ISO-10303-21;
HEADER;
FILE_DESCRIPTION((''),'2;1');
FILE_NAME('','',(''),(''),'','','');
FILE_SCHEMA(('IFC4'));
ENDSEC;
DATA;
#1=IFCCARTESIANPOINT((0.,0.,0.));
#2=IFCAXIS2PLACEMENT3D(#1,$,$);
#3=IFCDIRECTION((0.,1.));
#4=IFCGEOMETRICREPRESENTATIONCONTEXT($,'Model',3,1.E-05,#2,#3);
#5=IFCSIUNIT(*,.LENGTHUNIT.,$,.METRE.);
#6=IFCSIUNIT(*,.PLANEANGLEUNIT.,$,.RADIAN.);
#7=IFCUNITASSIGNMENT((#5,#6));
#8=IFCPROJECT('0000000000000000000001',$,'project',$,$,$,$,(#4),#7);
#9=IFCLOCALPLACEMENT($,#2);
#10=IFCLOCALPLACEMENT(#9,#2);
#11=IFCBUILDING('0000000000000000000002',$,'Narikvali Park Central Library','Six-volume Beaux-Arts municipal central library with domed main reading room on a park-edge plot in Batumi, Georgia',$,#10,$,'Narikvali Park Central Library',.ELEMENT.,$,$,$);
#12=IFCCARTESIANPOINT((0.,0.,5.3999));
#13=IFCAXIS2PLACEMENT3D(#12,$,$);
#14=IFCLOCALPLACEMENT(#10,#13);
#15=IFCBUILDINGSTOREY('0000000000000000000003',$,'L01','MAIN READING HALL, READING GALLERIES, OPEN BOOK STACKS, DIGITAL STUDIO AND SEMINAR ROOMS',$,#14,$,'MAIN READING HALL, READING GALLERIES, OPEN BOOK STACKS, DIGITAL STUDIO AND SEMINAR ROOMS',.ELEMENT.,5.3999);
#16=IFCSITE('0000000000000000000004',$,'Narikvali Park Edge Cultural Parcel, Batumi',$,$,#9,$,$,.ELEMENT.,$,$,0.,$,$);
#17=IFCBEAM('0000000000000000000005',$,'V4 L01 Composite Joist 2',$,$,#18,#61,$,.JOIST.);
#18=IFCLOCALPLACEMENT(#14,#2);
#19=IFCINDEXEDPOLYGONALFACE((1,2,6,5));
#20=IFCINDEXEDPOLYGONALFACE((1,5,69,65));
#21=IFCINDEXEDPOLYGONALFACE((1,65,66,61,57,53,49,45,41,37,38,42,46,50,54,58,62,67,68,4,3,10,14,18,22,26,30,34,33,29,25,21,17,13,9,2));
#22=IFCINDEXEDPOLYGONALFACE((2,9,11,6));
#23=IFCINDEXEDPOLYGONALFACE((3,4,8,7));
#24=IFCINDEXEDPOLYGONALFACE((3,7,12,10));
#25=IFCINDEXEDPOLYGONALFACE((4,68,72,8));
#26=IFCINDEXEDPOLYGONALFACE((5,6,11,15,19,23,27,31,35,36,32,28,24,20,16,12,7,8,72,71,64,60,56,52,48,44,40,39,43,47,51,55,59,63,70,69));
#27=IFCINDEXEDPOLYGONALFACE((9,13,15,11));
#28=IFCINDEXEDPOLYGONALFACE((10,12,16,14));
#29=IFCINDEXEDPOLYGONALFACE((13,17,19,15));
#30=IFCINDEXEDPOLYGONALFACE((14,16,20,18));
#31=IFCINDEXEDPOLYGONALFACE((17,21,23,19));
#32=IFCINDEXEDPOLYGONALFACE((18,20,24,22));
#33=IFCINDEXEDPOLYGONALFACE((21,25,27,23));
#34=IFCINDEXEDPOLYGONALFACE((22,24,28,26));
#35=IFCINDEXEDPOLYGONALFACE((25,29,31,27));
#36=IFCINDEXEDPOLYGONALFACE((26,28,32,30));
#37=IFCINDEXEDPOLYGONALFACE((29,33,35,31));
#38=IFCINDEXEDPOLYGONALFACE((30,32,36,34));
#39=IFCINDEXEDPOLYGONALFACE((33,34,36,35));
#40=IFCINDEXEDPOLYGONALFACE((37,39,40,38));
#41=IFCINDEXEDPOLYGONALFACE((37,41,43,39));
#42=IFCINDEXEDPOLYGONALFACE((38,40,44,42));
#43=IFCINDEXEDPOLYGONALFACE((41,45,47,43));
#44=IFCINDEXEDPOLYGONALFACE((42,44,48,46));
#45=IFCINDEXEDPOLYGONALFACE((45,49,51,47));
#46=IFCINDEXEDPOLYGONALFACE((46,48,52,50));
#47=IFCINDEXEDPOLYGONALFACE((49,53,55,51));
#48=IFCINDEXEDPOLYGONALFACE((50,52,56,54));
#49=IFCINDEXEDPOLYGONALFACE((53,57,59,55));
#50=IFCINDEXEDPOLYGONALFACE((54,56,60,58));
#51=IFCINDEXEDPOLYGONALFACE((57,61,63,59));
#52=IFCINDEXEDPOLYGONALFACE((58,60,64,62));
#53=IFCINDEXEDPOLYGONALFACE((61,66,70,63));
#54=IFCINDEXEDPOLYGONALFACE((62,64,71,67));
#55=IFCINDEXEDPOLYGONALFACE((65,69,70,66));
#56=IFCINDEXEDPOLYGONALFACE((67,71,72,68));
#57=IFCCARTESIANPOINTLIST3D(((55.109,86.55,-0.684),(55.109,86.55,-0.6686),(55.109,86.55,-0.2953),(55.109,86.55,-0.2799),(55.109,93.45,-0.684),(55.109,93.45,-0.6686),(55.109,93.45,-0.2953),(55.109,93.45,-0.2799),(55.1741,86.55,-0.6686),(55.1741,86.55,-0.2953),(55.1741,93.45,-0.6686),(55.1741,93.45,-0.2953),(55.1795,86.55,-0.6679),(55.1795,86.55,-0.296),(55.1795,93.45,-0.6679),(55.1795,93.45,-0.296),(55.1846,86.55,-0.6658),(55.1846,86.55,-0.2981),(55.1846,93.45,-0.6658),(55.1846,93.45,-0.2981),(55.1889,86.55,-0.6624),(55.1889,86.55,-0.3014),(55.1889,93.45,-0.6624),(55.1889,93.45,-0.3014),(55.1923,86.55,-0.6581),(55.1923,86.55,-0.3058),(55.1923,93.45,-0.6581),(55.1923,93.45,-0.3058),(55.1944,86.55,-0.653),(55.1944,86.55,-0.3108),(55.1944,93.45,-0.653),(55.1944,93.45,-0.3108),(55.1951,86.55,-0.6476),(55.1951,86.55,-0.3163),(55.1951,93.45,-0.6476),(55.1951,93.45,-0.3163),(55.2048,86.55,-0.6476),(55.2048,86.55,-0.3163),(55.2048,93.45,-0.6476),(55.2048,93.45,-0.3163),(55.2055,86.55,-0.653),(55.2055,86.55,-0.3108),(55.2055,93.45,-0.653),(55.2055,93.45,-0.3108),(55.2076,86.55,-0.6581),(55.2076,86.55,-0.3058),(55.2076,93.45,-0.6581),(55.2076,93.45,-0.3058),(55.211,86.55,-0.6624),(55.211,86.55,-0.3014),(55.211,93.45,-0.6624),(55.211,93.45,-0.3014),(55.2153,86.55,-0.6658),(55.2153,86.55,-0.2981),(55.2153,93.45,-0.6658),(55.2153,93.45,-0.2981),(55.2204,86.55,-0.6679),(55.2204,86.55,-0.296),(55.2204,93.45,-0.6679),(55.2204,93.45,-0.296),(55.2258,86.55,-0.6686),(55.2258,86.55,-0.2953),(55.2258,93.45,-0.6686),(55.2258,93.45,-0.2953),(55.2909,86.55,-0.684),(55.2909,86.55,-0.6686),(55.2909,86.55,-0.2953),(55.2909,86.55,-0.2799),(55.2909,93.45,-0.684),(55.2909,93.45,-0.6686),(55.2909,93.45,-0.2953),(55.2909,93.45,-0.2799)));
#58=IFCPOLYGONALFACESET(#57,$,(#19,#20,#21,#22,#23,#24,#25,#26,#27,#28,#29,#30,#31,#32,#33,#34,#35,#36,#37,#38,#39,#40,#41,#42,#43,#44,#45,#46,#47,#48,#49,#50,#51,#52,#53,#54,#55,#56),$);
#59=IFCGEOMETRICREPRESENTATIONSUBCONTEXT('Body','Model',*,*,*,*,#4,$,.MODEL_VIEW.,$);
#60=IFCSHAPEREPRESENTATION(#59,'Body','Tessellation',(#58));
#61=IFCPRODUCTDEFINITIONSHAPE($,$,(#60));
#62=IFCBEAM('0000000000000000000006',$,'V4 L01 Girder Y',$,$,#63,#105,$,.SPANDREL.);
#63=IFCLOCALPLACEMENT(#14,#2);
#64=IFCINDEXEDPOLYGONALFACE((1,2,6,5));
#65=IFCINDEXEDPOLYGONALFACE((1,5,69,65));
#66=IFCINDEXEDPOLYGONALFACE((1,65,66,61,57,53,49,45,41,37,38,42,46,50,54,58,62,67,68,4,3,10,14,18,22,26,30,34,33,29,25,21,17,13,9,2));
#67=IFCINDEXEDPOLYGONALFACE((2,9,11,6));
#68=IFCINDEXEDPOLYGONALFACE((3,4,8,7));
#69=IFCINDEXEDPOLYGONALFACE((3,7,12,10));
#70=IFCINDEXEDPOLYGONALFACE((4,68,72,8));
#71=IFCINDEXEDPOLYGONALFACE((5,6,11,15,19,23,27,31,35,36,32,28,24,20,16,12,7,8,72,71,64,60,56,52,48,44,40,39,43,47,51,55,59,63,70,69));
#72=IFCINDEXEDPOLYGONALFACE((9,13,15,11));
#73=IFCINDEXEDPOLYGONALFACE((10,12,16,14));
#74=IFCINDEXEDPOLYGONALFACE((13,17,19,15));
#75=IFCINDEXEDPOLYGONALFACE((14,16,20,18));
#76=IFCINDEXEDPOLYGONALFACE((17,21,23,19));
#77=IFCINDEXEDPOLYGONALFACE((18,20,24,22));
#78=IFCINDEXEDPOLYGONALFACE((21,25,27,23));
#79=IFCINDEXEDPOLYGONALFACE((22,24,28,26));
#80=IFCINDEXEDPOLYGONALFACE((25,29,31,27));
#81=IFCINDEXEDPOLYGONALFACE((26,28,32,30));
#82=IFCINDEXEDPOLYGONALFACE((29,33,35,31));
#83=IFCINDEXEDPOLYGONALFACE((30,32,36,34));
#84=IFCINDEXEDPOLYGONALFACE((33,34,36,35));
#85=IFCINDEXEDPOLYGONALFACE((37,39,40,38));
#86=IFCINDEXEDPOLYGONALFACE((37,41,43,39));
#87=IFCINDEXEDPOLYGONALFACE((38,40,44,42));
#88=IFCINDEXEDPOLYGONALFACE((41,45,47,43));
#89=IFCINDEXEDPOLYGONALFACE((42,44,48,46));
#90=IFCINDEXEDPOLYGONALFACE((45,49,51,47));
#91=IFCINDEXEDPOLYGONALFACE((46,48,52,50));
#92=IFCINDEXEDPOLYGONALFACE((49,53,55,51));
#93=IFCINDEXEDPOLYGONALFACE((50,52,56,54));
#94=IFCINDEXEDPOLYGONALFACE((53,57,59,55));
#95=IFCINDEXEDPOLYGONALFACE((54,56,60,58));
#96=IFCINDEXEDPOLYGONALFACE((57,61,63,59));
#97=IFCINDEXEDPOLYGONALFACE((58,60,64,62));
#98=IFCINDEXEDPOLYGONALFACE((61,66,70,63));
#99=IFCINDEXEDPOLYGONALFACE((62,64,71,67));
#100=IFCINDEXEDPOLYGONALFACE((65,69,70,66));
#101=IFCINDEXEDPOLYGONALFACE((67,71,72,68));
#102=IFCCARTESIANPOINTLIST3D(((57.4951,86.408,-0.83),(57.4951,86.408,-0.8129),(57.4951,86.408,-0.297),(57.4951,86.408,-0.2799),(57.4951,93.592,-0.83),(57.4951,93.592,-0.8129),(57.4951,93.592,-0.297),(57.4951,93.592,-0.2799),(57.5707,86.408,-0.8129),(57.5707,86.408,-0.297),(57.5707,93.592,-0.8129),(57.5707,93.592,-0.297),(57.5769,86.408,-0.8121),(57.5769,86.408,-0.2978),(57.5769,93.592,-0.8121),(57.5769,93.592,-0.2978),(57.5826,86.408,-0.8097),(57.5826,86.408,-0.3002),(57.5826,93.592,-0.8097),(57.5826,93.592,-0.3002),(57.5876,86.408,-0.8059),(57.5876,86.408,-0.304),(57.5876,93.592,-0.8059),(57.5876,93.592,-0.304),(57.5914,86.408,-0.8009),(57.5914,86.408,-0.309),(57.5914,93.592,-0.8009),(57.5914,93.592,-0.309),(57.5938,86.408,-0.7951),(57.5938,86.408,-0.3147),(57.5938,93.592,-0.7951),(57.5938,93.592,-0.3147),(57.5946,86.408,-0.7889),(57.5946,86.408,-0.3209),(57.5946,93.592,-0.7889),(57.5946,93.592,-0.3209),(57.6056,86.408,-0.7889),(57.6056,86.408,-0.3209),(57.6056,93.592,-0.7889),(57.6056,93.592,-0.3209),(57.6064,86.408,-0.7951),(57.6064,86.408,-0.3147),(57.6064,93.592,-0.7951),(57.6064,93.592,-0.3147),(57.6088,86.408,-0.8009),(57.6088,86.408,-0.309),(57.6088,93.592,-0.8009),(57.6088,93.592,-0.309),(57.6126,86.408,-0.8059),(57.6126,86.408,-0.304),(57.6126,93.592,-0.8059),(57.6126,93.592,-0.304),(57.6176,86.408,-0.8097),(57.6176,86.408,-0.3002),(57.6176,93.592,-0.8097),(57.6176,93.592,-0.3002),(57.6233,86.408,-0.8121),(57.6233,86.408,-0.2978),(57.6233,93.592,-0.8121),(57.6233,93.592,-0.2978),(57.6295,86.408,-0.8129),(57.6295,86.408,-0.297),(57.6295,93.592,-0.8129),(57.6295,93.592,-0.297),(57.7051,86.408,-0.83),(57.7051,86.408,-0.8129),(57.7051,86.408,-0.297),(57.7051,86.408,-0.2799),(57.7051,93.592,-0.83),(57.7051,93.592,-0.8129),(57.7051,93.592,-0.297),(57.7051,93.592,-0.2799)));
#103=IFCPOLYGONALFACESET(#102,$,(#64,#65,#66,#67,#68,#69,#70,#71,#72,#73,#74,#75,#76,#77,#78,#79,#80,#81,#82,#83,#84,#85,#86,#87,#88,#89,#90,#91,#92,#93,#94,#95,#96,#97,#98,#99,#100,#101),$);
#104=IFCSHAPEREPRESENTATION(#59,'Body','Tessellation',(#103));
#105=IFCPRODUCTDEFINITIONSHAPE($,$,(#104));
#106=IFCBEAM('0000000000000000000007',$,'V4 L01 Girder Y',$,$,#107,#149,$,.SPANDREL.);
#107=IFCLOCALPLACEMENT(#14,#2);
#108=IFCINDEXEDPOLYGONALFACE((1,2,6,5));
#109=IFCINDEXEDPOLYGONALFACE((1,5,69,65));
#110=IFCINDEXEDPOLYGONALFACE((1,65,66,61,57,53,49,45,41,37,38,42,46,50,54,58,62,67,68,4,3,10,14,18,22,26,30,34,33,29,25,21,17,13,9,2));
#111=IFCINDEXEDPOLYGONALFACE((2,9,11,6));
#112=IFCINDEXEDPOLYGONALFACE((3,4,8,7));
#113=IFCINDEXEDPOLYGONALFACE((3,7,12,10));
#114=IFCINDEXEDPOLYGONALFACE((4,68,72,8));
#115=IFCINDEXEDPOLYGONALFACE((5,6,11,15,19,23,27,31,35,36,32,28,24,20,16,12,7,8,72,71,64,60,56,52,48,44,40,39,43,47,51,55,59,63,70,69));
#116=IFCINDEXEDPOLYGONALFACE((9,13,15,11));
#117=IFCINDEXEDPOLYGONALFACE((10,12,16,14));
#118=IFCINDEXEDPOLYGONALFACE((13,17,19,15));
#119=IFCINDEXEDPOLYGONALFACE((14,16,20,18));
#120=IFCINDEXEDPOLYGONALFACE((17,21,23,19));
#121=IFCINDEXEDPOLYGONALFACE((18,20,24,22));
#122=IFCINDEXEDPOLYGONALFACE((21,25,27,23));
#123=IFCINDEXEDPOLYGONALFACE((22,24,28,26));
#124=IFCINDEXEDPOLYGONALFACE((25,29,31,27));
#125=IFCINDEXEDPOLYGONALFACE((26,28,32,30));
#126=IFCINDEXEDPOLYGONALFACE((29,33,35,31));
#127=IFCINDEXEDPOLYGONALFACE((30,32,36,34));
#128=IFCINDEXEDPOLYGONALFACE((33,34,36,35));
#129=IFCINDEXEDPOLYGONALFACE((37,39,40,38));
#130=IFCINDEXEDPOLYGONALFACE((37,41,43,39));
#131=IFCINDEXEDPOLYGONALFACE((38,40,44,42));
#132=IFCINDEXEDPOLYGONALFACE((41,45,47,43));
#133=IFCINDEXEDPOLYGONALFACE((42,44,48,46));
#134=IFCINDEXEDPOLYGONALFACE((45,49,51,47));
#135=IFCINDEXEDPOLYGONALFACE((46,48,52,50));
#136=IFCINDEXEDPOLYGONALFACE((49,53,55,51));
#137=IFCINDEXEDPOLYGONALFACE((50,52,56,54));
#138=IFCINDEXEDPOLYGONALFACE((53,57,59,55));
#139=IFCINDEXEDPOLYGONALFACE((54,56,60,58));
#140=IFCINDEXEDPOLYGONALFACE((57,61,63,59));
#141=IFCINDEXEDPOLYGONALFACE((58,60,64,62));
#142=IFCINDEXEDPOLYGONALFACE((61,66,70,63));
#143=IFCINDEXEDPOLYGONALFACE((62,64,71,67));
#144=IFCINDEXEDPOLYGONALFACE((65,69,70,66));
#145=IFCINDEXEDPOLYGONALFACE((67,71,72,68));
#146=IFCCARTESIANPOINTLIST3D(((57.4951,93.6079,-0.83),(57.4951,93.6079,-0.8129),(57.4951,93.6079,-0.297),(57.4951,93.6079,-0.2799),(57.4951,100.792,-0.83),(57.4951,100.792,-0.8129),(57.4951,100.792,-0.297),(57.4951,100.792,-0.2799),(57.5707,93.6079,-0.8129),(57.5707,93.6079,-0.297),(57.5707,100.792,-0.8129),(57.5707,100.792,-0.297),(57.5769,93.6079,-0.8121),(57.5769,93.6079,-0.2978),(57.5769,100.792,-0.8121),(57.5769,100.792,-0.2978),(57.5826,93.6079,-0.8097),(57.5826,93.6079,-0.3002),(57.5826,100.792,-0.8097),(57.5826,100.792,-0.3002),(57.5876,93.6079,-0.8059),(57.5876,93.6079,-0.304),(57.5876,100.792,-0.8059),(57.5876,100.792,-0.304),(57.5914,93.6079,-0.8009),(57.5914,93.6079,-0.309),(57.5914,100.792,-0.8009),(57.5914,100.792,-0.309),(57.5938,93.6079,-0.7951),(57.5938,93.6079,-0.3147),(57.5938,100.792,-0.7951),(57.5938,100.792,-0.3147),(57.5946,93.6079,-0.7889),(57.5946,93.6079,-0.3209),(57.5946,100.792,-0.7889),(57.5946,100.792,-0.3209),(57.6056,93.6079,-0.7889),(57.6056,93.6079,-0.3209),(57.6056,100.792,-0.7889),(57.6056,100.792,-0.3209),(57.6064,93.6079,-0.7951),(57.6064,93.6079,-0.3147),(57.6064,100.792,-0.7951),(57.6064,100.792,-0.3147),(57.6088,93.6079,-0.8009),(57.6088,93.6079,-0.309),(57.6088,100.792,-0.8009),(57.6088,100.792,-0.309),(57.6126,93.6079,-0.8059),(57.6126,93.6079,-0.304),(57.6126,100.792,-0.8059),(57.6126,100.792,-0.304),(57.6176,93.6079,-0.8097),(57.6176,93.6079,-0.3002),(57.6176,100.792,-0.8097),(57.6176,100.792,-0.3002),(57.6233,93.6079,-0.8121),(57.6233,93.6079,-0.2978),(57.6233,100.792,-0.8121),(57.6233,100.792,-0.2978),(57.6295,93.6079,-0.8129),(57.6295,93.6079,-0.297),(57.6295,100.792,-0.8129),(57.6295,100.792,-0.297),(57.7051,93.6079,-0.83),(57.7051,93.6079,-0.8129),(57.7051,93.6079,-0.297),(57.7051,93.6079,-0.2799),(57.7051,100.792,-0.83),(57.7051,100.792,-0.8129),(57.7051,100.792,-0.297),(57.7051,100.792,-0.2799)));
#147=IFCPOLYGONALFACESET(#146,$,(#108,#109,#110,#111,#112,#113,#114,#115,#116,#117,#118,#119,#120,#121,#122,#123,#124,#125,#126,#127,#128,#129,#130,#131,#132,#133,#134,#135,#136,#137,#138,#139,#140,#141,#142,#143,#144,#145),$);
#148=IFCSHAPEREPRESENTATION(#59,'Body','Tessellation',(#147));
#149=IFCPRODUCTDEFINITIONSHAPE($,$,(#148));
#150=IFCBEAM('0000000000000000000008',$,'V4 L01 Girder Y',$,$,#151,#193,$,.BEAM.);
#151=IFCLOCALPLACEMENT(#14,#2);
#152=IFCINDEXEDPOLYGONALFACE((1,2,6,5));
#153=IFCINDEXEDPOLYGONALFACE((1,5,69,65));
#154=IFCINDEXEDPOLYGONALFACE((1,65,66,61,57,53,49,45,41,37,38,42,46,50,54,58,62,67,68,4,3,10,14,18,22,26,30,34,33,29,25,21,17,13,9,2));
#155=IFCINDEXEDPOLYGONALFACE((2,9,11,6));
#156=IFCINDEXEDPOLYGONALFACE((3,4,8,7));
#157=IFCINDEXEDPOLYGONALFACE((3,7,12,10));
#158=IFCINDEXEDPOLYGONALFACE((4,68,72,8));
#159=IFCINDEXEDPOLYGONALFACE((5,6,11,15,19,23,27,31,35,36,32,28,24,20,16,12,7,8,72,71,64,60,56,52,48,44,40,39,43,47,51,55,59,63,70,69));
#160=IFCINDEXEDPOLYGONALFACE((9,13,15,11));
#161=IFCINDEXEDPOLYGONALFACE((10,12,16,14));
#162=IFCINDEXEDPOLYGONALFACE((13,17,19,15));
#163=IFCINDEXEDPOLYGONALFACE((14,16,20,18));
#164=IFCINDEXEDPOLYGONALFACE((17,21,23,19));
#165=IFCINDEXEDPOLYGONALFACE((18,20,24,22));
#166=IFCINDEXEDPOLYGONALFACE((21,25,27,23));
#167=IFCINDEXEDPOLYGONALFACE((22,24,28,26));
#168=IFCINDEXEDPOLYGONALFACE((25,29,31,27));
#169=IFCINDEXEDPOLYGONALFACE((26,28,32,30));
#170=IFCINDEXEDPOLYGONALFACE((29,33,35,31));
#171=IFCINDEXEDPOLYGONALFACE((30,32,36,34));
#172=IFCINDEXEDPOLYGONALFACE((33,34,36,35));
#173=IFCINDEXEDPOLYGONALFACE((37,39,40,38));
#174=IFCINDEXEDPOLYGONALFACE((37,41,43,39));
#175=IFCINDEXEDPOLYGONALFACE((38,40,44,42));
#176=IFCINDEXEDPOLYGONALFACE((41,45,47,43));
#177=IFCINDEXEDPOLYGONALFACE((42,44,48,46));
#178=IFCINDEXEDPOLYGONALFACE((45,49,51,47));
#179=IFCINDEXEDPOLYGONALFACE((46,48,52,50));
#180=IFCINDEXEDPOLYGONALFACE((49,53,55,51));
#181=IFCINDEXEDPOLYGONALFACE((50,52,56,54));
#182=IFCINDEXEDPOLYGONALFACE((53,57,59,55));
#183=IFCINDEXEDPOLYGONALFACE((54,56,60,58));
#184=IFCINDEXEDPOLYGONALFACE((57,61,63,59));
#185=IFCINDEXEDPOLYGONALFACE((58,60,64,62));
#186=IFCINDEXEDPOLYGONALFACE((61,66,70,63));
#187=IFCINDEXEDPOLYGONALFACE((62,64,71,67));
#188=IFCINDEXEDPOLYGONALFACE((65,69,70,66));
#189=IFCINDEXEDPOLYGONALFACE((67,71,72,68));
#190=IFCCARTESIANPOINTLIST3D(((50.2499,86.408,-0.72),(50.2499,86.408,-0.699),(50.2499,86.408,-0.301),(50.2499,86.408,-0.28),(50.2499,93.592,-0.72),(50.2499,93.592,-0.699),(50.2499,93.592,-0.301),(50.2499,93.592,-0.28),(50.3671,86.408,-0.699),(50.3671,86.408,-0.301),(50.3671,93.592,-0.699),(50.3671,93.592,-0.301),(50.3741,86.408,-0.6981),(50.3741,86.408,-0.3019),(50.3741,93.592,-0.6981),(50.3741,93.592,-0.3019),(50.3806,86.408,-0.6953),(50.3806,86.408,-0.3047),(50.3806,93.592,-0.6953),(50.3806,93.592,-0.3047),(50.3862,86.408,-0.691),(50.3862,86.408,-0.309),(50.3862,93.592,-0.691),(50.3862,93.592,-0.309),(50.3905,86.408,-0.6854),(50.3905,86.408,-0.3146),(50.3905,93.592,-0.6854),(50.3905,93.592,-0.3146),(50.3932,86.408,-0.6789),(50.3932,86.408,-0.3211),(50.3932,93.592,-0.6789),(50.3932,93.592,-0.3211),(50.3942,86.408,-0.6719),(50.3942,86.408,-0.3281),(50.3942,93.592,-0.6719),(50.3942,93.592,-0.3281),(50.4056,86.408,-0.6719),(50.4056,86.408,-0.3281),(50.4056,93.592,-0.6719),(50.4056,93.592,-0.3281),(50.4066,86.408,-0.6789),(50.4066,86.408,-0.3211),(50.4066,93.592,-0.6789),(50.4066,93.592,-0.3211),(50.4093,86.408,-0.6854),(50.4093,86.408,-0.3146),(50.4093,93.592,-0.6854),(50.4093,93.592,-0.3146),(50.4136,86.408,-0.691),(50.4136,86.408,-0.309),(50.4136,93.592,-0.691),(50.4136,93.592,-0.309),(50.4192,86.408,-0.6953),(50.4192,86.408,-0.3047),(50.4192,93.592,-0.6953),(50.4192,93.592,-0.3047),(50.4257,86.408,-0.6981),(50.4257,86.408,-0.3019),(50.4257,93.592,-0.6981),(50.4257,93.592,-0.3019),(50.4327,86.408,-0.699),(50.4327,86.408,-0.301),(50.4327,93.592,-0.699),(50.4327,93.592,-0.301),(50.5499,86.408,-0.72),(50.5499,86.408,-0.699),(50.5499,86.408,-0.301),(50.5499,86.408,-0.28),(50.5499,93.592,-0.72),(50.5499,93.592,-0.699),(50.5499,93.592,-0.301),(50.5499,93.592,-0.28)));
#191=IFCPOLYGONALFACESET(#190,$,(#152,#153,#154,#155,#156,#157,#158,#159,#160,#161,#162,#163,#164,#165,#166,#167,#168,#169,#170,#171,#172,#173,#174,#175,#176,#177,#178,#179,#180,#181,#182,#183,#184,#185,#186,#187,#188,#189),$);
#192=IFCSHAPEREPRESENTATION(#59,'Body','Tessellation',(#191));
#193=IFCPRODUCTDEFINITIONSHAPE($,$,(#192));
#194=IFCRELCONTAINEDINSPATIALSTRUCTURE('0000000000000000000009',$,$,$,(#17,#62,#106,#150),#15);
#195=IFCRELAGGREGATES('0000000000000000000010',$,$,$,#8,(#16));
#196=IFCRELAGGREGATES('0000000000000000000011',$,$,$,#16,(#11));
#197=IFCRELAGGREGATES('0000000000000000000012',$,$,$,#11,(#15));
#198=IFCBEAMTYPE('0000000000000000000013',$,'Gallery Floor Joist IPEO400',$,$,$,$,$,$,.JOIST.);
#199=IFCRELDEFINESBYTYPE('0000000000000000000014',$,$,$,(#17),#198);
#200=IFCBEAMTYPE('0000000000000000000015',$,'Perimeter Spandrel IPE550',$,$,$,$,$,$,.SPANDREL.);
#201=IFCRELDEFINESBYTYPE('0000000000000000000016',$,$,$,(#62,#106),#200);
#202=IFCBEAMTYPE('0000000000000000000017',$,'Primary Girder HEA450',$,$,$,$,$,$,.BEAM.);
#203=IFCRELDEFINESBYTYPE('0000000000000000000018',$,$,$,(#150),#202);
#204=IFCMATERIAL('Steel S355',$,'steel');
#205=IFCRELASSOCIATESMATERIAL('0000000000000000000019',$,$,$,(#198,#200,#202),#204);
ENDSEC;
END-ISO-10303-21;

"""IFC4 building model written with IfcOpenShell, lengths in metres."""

from ifc_helpers import new_model, si_unit, direction, frame, origin, origin_2d, place, context, subcontext, project, spatial, i_section, extrude, material, material_profile, profile_set, type_object, element, save


model = new_model("IFC4")

# Units and contexts
model_context = context("Model", 3, precision=1e-05, world=origin(), true_north=direction((0.0, 1.0)))
body_context = subcontext(model_context, "Body", "Model", "MODEL_VIEW")
ifc_project = project(units=[si_unit("LENGTHUNIT", "METRE"), si_unit("PLANEANGLEUNIT", "RADIAN")], contexts=[model_context])

# Site, building, storey
site_placement = place(None, origin())
site = spatial("IfcSite", under=ifc_project, at=site_placement, Name="Narikvali Park Edge Cultural Parcel, Batumi", CompositionType="ELEMENT", RefElevation=0.0)
building_placement = place(site_placement, origin())
building = spatial("IfcBuilding", under=site, at=building_placement, Name="Narikvali Park Central Library", Description="Six-volume Beaux-Arts municipal central library with domed main reading room on a park-edge plot in Batumi, Georgia", LongName="Narikvali Park Central Library", CompositionType="ELEMENT")
storey_placement = place(building_placement, frame((0.0, 0.0, 5.3999)))
storey = spatial("IfcBuildingStorey", under=building, at=storey_placement, Name="L01", Description="MAIN READING HALL, READING GALLERIES, OPEN BOOK STACKS, DIGITAL STUDIO AND SEMINAR ROOMS", LongName="MAIN READING HALL, READING GALLERIES, OPEN BOOK STACKS, DIGITAL STUDIO AND SEMINAR ROOMS", CompositionType="ELEMENT", Elevation=5.3999)

# Shared definitions
ifc_material_1 = material(Name="Steel S355", Category="steel")

# Beams
ifc_material_profile_1 = material_profile(ifc_material_1, i_section(OverallWidth=0.1819, OverallDepth=0.4041, WebThickness=0.0098, FlangeThickness=0.0154, FilletRadius=0.021, at=origin_2d()), Name="IPEO 400")
ifc_profile_set_1 = profile_set([ifc_material_profile_1], Name="Steel S355")
beam_type_1 = type_object("IfcBeamType", Name="Gallery Floor Joist IPEO400", PredefinedType="JOIST", material=ifc_profile_set_1)
for number, where, z_axis, x_axis, name in (
    (1, (55.2, 86.55, -0.4819), (0.0, 1.0, 0.0), (-1.0, 0.0, 0.0), "V4 L01 Composite Joist 2"),
):
    element("IfcBeam", number, at=place(storey_placement, frame(where, z_axis=z_axis, x_axis=x_axis)), inside=storey, type_object=beam_type_1, Name=name, PredefinedType="JOIST", context=body_context, shape_type="SweptSolid", body=[
        extrude(i_section(OverallWidth=0.1819, OverallDepth=0.4041, WebThickness=0.0098, FlangeThickness=0.0154, FilletRadius=0.021, at=origin_2d()), origin(), (0.0, 0.0, 1.0), 6.8999),
    ])
ifc_material_profile_2 = material_profile(ifc_material_1, i_section(OverallWidth=0.21, OverallDepth=0.55, WebThickness=0.011, FlangeThickness=0.0171, FilletRadius=0.0239, at=origin_2d()), Name="IPE 550")
ifc_profile_set_2 = profile_set([ifc_material_profile_2], Name="Steel S355")
beam_type_2 = type_object("IfcBeamType", Name="Perimeter Spandrel IPE550", PredefinedType="SPANDREL", material=ifc_profile_set_2)
for number, where, z_axis, x_axis, name in (
    (2, (57.6001, 86.408, -0.5549), (0.0, 1.0, 0.0), (-1.0, 0.0, 0.0), "V4 L01 Girder Y"),
    (3, (57.6001, 93.6079, -0.5549), (0.0, 1.0, 0.0), (-1.0, 0.0, 0.0), "V4 L01 Girder Y"),
):
    element("IfcBeam", number, at=place(storey_placement, frame(where, z_axis=z_axis, x_axis=x_axis)), inside=storey, type_object=beam_type_2, Name=name, PredefinedType="SPANDREL", context=body_context, shape_type="SweptSolid", body=[
        extrude(i_section(OverallWidth=0.21, OverallDepth=0.55, WebThickness=0.011, FlangeThickness=0.0171, FilletRadius=0.0239, at=origin_2d()), origin(), (0.0, 0.0, 1.0), 7.1841),
    ])
ifc_material_profile_3 = material_profile(ifc_material_1, i_section(OverallWidth=0.3, OverallDepth=0.4399, WebThickness=0.0115, FlangeThickness=0.021, FilletRadius=0.0271, at=origin_2d()), Name="HEA 450")
ifc_profile_set_3 = profile_set([ifc_material_profile_3], Name="Steel S355")
beam_type_3 = type_object("IfcBeamType", Name="Primary Girder HEA450", PredefinedType="BEAM", material=ifc_profile_set_3)
for number, where, z_axis, x_axis, name in (
    (4, (50.3999, 86.408, -0.5), (0.0, 1.0, 0.0), (-1.0, 0.0, 0.0), "V4 L01 Girder Y"),
):
    element("IfcBeam", number, at=place(storey_placement, frame(where, z_axis=z_axis, x_axis=x_axis)), inside=storey, type_object=beam_type_3, Name=name, PredefinedType="BEAM", context=body_context, shape_type="SweptSolid", body=[
        extrude(i_section(OverallWidth=0.3, OverallDepth=0.4399, WebThickness=0.0115, FlangeThickness=0.021, FilletRadius=0.0271, at=origin_2d()), origin(), (0.0, 0.0, 1.0), 7.1841),
    ])

save(model, "model.ifc")
